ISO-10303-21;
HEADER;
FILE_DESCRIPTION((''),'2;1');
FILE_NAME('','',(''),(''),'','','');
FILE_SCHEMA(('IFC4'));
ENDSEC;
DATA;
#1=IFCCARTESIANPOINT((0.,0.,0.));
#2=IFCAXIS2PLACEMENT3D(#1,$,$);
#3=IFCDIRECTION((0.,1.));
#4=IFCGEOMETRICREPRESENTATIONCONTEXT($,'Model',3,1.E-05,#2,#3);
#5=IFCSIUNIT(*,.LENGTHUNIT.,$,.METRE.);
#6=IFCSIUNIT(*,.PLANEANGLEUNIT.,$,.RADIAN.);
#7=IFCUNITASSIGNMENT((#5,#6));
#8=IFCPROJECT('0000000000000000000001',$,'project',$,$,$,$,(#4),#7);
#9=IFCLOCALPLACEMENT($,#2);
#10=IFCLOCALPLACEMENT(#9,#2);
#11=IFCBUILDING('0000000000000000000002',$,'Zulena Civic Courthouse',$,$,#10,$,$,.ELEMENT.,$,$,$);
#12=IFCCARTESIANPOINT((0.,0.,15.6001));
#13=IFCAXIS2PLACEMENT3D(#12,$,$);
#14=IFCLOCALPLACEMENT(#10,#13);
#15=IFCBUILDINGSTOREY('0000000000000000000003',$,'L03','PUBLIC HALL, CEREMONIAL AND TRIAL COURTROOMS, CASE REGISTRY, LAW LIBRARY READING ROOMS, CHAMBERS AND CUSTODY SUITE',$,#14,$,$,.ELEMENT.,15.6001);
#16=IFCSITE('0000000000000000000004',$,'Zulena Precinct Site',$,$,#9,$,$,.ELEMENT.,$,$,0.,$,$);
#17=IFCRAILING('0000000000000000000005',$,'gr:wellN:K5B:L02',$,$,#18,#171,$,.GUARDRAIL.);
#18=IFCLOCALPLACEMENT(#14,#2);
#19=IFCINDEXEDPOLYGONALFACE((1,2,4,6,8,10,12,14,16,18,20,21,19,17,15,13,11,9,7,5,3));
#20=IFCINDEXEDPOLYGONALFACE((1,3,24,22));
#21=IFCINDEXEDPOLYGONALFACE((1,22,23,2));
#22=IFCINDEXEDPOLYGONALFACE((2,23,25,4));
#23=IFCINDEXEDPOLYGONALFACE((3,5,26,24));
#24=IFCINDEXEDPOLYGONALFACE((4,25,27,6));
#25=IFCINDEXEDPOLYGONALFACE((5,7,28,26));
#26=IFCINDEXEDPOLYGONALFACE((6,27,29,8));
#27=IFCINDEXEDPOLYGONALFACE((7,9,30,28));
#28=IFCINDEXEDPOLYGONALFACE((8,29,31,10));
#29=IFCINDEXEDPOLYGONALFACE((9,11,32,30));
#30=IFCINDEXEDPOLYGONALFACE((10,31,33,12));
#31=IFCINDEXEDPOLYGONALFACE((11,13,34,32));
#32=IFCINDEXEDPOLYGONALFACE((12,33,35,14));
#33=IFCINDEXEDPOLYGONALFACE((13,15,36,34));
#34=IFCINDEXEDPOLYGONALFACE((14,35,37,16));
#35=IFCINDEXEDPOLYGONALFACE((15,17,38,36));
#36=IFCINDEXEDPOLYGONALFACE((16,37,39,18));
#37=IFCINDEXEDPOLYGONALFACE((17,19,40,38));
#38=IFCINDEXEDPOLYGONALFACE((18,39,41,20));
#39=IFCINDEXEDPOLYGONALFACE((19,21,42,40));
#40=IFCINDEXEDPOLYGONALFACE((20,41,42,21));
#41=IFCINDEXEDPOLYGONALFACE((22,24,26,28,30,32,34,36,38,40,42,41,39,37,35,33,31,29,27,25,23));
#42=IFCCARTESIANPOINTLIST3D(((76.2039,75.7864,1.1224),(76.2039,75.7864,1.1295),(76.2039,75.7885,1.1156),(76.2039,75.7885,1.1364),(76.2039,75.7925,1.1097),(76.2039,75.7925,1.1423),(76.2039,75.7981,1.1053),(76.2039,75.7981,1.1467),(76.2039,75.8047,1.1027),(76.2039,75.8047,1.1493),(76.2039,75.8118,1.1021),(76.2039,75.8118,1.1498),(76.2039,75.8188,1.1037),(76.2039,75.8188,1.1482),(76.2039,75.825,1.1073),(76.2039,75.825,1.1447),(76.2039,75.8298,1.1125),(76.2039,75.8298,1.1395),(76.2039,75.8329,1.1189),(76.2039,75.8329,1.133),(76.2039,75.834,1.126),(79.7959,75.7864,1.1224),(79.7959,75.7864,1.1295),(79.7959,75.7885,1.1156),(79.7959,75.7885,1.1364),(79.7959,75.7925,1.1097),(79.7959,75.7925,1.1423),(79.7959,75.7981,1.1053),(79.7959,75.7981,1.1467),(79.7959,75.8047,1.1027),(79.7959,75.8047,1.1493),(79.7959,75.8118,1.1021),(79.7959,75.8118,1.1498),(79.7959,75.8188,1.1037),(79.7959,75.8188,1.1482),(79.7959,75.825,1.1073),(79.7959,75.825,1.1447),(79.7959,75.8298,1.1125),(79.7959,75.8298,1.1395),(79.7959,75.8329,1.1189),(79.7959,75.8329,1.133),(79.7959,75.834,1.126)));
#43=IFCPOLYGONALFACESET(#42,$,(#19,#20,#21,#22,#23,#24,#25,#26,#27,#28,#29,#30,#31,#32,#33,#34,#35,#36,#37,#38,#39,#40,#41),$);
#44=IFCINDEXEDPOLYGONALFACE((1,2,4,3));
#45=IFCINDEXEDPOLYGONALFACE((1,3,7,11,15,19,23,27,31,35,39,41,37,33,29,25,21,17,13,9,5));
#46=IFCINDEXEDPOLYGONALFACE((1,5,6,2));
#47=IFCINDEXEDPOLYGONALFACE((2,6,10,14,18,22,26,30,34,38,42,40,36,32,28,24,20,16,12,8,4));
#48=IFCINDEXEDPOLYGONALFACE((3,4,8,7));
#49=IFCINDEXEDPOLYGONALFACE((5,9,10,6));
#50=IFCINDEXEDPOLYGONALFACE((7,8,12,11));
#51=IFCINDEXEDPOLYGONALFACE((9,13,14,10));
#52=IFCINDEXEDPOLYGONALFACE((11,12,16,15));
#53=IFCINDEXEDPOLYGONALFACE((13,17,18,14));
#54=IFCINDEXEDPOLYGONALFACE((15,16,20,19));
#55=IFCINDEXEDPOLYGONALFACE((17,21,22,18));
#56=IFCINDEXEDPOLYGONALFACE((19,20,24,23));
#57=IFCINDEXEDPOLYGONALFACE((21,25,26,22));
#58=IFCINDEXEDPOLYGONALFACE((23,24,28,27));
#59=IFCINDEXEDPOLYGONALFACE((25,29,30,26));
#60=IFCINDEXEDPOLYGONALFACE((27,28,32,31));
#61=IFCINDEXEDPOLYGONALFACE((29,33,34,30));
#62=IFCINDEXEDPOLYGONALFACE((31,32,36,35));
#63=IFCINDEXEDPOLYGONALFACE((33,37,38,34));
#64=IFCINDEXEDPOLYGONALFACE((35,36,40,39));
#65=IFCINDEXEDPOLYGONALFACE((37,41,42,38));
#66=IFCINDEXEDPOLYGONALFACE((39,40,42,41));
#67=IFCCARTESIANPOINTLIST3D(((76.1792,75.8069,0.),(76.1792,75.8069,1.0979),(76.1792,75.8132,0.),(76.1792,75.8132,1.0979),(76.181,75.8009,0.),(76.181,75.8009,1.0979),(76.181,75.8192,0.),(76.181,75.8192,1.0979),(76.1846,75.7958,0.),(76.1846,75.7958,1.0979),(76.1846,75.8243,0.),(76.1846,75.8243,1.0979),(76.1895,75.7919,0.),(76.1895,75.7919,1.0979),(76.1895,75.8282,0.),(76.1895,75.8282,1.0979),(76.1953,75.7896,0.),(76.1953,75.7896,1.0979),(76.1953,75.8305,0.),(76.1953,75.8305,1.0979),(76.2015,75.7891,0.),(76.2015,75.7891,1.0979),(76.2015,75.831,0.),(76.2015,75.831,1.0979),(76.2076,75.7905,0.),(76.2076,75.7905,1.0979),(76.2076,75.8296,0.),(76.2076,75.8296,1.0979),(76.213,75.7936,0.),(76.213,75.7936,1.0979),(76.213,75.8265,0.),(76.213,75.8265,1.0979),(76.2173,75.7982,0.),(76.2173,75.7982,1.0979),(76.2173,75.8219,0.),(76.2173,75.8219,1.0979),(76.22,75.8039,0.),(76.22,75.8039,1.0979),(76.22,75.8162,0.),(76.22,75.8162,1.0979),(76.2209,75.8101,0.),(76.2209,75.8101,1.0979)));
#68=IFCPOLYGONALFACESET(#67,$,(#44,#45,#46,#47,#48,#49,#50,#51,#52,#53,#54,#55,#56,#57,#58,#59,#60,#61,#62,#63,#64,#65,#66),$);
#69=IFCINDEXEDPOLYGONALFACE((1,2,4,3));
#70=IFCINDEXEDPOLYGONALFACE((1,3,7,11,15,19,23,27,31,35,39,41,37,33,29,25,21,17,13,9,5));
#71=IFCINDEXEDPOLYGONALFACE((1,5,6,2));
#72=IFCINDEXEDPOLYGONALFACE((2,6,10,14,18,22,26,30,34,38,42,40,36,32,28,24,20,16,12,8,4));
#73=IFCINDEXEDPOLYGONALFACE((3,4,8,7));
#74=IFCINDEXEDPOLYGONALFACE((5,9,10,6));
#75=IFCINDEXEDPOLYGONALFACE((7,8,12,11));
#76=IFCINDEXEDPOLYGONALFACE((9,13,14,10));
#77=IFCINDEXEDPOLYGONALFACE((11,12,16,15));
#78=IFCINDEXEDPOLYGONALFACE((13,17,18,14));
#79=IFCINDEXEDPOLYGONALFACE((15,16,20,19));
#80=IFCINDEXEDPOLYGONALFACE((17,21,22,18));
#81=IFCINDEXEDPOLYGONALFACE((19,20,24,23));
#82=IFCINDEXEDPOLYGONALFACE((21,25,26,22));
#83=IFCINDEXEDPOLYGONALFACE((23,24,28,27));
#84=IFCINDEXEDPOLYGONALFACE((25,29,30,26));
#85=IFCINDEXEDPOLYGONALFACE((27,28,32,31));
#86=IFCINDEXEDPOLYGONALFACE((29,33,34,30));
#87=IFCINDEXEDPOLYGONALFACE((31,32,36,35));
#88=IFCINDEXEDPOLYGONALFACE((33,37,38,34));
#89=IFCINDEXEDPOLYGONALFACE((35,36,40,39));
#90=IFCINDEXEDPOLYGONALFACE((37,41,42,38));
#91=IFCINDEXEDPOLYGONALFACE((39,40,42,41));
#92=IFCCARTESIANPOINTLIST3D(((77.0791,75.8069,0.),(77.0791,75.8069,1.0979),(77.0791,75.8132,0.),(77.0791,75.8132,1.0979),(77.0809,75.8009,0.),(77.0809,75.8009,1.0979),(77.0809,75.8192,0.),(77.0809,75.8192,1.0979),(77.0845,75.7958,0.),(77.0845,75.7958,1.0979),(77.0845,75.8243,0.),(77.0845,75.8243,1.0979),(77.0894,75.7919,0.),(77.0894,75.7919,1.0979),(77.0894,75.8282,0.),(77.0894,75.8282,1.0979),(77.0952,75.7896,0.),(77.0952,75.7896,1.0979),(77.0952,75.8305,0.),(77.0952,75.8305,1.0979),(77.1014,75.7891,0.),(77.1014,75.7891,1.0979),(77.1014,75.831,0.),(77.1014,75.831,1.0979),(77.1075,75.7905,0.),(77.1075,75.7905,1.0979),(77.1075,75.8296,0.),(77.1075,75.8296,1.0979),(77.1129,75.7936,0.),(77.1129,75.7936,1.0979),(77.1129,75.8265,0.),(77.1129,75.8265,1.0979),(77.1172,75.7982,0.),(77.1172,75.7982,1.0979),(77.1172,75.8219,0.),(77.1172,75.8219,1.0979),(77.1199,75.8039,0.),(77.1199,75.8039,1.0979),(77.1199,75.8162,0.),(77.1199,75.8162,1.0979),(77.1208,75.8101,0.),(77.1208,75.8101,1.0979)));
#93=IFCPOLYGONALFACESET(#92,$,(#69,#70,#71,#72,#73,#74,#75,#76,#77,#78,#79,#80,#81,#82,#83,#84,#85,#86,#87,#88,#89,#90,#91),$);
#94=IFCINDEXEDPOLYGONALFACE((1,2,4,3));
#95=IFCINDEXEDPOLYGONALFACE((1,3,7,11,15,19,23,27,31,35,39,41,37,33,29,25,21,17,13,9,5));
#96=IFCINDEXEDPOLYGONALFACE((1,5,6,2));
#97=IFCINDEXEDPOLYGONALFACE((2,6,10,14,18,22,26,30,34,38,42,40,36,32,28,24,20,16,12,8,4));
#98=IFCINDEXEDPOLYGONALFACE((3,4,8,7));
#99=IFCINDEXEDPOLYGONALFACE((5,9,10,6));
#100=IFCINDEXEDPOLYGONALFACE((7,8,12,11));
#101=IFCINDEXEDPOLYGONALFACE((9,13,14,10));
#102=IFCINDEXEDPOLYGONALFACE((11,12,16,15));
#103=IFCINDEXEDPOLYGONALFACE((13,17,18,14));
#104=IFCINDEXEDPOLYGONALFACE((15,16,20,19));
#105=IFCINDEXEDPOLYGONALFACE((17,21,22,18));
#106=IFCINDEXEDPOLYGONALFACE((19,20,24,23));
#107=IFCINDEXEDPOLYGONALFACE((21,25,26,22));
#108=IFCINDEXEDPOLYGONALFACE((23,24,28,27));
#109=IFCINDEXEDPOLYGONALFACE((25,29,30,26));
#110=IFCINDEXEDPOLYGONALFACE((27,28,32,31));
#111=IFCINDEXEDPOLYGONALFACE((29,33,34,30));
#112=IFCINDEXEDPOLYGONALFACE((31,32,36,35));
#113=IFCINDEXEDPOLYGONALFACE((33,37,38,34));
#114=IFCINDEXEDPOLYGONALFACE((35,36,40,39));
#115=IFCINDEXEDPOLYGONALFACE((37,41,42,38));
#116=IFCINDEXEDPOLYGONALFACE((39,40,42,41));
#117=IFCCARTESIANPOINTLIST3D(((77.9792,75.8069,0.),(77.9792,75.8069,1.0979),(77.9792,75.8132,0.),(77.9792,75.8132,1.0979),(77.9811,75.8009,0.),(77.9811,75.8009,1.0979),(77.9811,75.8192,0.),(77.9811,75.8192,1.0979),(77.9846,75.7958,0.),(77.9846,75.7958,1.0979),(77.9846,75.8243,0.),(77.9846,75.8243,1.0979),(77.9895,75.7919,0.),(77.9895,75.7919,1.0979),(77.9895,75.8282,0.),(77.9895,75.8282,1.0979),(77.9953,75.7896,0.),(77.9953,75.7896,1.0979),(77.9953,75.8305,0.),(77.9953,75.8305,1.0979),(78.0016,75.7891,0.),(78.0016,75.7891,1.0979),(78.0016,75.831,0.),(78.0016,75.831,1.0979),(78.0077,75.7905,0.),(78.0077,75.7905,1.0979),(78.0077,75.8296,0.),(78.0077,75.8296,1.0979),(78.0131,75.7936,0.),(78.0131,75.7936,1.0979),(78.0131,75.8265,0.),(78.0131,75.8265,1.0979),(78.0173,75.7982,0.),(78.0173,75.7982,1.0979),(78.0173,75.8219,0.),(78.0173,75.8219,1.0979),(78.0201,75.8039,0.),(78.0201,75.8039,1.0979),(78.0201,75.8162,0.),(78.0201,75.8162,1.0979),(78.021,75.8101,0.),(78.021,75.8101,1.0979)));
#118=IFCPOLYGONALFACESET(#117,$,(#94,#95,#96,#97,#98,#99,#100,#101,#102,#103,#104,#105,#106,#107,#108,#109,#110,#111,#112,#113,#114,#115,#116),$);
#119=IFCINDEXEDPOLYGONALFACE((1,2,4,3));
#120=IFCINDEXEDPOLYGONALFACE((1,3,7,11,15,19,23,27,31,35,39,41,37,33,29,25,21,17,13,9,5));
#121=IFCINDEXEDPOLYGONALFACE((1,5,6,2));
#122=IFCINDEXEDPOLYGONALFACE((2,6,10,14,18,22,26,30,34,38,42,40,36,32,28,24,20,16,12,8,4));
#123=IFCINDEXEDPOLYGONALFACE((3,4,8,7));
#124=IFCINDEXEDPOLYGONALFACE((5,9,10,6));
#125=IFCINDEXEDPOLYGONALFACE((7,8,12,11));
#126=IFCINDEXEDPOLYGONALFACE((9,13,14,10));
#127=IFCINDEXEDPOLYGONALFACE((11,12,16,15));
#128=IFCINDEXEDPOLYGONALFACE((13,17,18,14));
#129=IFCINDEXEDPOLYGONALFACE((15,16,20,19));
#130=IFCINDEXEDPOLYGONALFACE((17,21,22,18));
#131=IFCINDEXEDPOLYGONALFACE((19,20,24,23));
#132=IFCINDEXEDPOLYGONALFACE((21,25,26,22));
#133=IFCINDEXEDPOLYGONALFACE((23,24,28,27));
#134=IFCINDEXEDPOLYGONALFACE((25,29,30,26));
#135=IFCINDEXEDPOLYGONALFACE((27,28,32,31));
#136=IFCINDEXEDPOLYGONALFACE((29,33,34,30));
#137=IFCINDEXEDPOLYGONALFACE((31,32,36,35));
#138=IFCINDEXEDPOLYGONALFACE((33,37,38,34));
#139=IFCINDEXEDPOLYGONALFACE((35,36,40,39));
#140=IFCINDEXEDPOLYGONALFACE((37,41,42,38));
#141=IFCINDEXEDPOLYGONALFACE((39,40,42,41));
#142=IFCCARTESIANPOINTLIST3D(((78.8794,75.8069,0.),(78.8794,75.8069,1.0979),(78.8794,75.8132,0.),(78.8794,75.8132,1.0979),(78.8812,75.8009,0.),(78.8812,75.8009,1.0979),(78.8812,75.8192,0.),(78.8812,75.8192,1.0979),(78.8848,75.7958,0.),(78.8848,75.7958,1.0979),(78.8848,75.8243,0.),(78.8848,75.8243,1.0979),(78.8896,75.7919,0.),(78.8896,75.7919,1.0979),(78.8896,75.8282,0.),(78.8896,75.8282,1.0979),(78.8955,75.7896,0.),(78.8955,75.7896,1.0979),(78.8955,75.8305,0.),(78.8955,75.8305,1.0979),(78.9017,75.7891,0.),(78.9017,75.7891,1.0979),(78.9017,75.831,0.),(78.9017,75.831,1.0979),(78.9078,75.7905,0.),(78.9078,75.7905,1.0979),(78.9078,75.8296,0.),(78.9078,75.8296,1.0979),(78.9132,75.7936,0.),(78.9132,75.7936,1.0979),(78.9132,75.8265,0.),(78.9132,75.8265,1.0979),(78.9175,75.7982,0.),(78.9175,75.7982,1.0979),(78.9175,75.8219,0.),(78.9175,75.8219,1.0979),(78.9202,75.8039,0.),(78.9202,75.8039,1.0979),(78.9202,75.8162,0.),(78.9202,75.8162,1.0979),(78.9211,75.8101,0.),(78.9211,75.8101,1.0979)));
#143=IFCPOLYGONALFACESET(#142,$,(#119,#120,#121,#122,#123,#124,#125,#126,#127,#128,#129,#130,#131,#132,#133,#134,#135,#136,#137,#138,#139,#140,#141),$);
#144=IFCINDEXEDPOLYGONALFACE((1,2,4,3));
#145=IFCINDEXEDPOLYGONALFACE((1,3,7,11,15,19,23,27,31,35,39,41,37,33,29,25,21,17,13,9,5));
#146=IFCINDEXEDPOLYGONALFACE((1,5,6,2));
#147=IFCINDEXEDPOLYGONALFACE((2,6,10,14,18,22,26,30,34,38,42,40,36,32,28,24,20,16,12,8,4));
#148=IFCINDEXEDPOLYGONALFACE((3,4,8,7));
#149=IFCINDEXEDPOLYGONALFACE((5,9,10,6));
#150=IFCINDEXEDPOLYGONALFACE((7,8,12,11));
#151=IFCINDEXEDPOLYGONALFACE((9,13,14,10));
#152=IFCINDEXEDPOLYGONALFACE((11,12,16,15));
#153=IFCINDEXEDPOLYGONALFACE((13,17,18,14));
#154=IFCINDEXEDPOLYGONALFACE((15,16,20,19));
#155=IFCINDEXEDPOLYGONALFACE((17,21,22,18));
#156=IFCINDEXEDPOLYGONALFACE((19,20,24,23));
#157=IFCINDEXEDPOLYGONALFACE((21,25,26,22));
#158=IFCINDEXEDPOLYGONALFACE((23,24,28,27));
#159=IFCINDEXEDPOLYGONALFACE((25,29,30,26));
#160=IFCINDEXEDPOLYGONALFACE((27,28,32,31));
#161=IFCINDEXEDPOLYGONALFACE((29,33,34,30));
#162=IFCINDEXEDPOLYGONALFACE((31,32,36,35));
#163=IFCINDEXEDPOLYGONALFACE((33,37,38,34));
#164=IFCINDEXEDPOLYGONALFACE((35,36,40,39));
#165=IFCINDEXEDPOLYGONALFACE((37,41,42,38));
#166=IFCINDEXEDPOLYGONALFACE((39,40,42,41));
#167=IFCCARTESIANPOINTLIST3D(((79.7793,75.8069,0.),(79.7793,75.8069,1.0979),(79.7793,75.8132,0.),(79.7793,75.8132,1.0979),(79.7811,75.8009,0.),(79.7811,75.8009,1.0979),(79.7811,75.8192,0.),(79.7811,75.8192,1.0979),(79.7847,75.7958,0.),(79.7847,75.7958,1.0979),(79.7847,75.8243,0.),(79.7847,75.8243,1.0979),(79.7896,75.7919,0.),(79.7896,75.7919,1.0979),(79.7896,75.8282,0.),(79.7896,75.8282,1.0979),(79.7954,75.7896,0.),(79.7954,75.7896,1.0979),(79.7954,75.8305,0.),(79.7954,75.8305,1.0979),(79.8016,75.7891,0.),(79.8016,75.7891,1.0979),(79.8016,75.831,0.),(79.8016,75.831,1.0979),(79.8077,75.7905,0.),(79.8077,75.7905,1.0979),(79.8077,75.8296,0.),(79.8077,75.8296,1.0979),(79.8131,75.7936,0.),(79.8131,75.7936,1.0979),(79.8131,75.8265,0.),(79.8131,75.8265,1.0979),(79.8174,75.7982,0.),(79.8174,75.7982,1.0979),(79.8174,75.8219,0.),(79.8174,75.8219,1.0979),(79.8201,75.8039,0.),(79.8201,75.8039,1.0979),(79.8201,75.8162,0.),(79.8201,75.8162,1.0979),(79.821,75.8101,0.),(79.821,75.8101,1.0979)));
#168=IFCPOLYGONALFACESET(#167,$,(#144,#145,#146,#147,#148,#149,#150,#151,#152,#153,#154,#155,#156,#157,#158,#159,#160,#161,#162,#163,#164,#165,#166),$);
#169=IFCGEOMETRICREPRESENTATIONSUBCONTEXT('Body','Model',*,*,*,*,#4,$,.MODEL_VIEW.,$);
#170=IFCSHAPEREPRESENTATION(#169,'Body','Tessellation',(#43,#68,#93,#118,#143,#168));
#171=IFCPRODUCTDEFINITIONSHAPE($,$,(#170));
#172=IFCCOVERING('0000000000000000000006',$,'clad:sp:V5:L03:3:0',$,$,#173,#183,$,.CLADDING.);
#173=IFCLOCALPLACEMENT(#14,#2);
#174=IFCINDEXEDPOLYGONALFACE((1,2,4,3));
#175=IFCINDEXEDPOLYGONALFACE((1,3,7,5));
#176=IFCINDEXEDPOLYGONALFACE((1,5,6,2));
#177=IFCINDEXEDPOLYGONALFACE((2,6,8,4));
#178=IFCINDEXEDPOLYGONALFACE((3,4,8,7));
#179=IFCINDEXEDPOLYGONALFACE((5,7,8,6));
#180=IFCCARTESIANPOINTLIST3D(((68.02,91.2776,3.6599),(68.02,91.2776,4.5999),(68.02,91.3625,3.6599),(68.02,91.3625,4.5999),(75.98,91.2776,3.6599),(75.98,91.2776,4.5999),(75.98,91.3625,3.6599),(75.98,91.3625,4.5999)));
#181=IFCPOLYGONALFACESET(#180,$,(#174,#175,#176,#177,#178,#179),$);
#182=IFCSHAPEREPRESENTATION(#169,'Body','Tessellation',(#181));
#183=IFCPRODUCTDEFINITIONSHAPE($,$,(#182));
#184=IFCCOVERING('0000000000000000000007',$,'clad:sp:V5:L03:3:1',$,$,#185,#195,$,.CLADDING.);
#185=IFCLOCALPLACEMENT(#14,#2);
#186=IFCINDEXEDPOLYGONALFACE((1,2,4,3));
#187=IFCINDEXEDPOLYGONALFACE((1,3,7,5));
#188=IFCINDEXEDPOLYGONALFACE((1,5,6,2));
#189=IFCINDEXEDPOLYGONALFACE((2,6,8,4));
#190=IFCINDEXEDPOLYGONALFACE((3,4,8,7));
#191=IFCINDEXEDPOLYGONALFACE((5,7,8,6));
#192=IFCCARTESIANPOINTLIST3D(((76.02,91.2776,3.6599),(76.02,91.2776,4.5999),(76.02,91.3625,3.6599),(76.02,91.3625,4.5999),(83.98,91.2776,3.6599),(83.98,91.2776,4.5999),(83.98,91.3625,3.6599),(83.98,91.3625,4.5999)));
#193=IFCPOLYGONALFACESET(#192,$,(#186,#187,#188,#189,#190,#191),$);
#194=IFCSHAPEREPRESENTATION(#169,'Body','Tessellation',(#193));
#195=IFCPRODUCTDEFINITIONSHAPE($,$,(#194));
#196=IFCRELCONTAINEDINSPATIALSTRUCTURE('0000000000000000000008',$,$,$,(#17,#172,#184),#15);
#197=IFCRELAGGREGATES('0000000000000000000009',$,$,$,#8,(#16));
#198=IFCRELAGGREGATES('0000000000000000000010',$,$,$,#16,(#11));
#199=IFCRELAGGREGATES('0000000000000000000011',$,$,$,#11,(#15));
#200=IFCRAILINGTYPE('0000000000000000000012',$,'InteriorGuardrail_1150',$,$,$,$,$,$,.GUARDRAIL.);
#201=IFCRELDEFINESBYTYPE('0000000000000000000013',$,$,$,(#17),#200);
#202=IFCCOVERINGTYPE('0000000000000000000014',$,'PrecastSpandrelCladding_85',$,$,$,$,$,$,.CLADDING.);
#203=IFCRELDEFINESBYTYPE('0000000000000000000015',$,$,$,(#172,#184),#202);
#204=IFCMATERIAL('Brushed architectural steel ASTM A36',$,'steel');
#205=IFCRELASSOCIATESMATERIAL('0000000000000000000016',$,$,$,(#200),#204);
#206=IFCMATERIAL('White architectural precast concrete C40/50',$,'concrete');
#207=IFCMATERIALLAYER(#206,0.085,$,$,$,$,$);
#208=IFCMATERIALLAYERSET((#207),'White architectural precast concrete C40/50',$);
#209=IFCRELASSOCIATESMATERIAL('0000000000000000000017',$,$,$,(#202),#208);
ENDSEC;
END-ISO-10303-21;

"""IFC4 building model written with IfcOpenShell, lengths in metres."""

from ifc_helpers import new_model, si_unit, direction, frame, origin, origin_2d, place, context, subcontext, project, spatial, rectangle, circle, extrude, material, layer, layer_set, type_object, element, save


model = new_model("IFC4")

# Units and contexts
model_context = context("Model", 3, precision=1e-05, world=origin(), true_north=direction((0.0, 1.0)))
body_context = subcontext(model_context, "Body", "Model", "MODEL_VIEW")
ifc_project = project(units=[si_unit("LENGTHUNIT", "METRE"), si_unit("PLANEANGLEUNIT", "RADIAN")], contexts=[model_context])

# Site, building, storey
site_placement = place(None, origin())
site = spatial("IfcSite", under=ifc_project, at=site_placement, Name="Zulena Precinct Site", CompositionType="ELEMENT", RefElevation=0.0)
building_placement = place(site_placement, origin())
building = spatial("IfcBuilding", under=site, at=building_placement, Name="Zulena Civic Courthouse", CompositionType="ELEMENT")
storey_placement = place(building_placement, frame((0.0, 0.0, 15.6001)))
storey = spatial("IfcBuildingStorey", under=building, at=storey_placement, Name="L03", Description="PUBLIC HALL, CEREMONIAL AND TRIAL COURTROOMS, CASE REGISTRY, LAW LIBRARY READING ROOMS, CHAMBERS AND CUSTODY SUITE", CompositionType="ELEMENT", Elevation=15.6001)

# Railing
ifc_material_1 = material(Name="Brushed architectural steel ASTM A36", Category="steel")
railing_type = type_object("IfcRailingType", Name="InteriorGuardrail_1150", PredefinedType="GUARDRAIL", material=ifc_material_1)
railing_placement = place(storey_placement, frame((76.2, 75.8101, 0.0)))
element("IfcRailing", 1, at=railing_placement, inside=storey, type_object=railing_type, Name="gr:wellN:K5B:L02", PredefinedType="GUARDRAIL", context=body_context, shape_type="SweptSolid", body=[
    extrude(circle(Radius=0.0239, at=origin_2d()), frame((0.0039, 0.0, 1.126), z_axis=(1.0, 0.0, 0.0), x_axis=(0.0, 1.0, 0.0)), (0.0, 0.0, 1.0), 3.592),
    extrude(circle(Radius=0.021, at=origin_2d()), origin(), (0.0, 0.0, 1.0), 1.0979),
    extrude(circle(Radius=0.021, at=origin_2d()), frame((0.8999, 0.0, 0.0)), (0.0, 0.0, 1.0), 1.0979),
    extrude(circle(Radius=0.021, at=origin_2d()), frame((1.8, 0.0, 0.0)), (0.0, 0.0, 1.0), 1.0979),
    extrude(circle(Radius=0.021, at=origin_2d()), frame((2.7002, 0.0, 0.0)), (0.0, 0.0, 1.0), 1.0979),
    extrude(circle(Radius=0.021, at=origin_2d()), frame((3.6001, 0.0, 0.0)), (0.0, 0.0, 1.0), 1.0979),
])

# Coverings
ifc_material_2 = material(Name="White architectural precast concrete C40/50", Category="concrete")
ifc_layer_1 = layer(ifc_material_2, 0.085)
ifc_layer_set_1 = layer_set([ifc_layer_1], Name="White architectural precast concrete C40/50")
covering_type = type_object("IfcCoveringType", Name="PrecastSpandrelCladding_85", PredefinedType="CLADDING", material=ifc_layer_set_1)
for number, where, z_axis, x_axis, name in (
    (2, (72.0, 91.3201, 3.6599), (0.0, 0.0, 1.0), (1.0, 0.0, 0.0), "clad:sp:V5:L03:3:0"),
    (3, (80.0, 91.3201, 3.6599), (0.0, 0.0, 1.0), (1.0, 0.0, 0.0), "clad:sp:V5:L03:3:1"),
):
    element("IfcCovering", number, at=place(storey_placement, frame(where, z_axis=z_axis, x_axis=x_axis)), inside=storey, type_object=covering_type, Name=name, PredefinedType="CLADDING", context=body_context, shape_type="SweptSolid", body=[
        extrude(rectangle(XDim=7.96, YDim=0.085, at=origin_2d()), origin(), (0.0, 0.0, 1.0), 0.9399),
    ])

save(model, "model.ifc")
